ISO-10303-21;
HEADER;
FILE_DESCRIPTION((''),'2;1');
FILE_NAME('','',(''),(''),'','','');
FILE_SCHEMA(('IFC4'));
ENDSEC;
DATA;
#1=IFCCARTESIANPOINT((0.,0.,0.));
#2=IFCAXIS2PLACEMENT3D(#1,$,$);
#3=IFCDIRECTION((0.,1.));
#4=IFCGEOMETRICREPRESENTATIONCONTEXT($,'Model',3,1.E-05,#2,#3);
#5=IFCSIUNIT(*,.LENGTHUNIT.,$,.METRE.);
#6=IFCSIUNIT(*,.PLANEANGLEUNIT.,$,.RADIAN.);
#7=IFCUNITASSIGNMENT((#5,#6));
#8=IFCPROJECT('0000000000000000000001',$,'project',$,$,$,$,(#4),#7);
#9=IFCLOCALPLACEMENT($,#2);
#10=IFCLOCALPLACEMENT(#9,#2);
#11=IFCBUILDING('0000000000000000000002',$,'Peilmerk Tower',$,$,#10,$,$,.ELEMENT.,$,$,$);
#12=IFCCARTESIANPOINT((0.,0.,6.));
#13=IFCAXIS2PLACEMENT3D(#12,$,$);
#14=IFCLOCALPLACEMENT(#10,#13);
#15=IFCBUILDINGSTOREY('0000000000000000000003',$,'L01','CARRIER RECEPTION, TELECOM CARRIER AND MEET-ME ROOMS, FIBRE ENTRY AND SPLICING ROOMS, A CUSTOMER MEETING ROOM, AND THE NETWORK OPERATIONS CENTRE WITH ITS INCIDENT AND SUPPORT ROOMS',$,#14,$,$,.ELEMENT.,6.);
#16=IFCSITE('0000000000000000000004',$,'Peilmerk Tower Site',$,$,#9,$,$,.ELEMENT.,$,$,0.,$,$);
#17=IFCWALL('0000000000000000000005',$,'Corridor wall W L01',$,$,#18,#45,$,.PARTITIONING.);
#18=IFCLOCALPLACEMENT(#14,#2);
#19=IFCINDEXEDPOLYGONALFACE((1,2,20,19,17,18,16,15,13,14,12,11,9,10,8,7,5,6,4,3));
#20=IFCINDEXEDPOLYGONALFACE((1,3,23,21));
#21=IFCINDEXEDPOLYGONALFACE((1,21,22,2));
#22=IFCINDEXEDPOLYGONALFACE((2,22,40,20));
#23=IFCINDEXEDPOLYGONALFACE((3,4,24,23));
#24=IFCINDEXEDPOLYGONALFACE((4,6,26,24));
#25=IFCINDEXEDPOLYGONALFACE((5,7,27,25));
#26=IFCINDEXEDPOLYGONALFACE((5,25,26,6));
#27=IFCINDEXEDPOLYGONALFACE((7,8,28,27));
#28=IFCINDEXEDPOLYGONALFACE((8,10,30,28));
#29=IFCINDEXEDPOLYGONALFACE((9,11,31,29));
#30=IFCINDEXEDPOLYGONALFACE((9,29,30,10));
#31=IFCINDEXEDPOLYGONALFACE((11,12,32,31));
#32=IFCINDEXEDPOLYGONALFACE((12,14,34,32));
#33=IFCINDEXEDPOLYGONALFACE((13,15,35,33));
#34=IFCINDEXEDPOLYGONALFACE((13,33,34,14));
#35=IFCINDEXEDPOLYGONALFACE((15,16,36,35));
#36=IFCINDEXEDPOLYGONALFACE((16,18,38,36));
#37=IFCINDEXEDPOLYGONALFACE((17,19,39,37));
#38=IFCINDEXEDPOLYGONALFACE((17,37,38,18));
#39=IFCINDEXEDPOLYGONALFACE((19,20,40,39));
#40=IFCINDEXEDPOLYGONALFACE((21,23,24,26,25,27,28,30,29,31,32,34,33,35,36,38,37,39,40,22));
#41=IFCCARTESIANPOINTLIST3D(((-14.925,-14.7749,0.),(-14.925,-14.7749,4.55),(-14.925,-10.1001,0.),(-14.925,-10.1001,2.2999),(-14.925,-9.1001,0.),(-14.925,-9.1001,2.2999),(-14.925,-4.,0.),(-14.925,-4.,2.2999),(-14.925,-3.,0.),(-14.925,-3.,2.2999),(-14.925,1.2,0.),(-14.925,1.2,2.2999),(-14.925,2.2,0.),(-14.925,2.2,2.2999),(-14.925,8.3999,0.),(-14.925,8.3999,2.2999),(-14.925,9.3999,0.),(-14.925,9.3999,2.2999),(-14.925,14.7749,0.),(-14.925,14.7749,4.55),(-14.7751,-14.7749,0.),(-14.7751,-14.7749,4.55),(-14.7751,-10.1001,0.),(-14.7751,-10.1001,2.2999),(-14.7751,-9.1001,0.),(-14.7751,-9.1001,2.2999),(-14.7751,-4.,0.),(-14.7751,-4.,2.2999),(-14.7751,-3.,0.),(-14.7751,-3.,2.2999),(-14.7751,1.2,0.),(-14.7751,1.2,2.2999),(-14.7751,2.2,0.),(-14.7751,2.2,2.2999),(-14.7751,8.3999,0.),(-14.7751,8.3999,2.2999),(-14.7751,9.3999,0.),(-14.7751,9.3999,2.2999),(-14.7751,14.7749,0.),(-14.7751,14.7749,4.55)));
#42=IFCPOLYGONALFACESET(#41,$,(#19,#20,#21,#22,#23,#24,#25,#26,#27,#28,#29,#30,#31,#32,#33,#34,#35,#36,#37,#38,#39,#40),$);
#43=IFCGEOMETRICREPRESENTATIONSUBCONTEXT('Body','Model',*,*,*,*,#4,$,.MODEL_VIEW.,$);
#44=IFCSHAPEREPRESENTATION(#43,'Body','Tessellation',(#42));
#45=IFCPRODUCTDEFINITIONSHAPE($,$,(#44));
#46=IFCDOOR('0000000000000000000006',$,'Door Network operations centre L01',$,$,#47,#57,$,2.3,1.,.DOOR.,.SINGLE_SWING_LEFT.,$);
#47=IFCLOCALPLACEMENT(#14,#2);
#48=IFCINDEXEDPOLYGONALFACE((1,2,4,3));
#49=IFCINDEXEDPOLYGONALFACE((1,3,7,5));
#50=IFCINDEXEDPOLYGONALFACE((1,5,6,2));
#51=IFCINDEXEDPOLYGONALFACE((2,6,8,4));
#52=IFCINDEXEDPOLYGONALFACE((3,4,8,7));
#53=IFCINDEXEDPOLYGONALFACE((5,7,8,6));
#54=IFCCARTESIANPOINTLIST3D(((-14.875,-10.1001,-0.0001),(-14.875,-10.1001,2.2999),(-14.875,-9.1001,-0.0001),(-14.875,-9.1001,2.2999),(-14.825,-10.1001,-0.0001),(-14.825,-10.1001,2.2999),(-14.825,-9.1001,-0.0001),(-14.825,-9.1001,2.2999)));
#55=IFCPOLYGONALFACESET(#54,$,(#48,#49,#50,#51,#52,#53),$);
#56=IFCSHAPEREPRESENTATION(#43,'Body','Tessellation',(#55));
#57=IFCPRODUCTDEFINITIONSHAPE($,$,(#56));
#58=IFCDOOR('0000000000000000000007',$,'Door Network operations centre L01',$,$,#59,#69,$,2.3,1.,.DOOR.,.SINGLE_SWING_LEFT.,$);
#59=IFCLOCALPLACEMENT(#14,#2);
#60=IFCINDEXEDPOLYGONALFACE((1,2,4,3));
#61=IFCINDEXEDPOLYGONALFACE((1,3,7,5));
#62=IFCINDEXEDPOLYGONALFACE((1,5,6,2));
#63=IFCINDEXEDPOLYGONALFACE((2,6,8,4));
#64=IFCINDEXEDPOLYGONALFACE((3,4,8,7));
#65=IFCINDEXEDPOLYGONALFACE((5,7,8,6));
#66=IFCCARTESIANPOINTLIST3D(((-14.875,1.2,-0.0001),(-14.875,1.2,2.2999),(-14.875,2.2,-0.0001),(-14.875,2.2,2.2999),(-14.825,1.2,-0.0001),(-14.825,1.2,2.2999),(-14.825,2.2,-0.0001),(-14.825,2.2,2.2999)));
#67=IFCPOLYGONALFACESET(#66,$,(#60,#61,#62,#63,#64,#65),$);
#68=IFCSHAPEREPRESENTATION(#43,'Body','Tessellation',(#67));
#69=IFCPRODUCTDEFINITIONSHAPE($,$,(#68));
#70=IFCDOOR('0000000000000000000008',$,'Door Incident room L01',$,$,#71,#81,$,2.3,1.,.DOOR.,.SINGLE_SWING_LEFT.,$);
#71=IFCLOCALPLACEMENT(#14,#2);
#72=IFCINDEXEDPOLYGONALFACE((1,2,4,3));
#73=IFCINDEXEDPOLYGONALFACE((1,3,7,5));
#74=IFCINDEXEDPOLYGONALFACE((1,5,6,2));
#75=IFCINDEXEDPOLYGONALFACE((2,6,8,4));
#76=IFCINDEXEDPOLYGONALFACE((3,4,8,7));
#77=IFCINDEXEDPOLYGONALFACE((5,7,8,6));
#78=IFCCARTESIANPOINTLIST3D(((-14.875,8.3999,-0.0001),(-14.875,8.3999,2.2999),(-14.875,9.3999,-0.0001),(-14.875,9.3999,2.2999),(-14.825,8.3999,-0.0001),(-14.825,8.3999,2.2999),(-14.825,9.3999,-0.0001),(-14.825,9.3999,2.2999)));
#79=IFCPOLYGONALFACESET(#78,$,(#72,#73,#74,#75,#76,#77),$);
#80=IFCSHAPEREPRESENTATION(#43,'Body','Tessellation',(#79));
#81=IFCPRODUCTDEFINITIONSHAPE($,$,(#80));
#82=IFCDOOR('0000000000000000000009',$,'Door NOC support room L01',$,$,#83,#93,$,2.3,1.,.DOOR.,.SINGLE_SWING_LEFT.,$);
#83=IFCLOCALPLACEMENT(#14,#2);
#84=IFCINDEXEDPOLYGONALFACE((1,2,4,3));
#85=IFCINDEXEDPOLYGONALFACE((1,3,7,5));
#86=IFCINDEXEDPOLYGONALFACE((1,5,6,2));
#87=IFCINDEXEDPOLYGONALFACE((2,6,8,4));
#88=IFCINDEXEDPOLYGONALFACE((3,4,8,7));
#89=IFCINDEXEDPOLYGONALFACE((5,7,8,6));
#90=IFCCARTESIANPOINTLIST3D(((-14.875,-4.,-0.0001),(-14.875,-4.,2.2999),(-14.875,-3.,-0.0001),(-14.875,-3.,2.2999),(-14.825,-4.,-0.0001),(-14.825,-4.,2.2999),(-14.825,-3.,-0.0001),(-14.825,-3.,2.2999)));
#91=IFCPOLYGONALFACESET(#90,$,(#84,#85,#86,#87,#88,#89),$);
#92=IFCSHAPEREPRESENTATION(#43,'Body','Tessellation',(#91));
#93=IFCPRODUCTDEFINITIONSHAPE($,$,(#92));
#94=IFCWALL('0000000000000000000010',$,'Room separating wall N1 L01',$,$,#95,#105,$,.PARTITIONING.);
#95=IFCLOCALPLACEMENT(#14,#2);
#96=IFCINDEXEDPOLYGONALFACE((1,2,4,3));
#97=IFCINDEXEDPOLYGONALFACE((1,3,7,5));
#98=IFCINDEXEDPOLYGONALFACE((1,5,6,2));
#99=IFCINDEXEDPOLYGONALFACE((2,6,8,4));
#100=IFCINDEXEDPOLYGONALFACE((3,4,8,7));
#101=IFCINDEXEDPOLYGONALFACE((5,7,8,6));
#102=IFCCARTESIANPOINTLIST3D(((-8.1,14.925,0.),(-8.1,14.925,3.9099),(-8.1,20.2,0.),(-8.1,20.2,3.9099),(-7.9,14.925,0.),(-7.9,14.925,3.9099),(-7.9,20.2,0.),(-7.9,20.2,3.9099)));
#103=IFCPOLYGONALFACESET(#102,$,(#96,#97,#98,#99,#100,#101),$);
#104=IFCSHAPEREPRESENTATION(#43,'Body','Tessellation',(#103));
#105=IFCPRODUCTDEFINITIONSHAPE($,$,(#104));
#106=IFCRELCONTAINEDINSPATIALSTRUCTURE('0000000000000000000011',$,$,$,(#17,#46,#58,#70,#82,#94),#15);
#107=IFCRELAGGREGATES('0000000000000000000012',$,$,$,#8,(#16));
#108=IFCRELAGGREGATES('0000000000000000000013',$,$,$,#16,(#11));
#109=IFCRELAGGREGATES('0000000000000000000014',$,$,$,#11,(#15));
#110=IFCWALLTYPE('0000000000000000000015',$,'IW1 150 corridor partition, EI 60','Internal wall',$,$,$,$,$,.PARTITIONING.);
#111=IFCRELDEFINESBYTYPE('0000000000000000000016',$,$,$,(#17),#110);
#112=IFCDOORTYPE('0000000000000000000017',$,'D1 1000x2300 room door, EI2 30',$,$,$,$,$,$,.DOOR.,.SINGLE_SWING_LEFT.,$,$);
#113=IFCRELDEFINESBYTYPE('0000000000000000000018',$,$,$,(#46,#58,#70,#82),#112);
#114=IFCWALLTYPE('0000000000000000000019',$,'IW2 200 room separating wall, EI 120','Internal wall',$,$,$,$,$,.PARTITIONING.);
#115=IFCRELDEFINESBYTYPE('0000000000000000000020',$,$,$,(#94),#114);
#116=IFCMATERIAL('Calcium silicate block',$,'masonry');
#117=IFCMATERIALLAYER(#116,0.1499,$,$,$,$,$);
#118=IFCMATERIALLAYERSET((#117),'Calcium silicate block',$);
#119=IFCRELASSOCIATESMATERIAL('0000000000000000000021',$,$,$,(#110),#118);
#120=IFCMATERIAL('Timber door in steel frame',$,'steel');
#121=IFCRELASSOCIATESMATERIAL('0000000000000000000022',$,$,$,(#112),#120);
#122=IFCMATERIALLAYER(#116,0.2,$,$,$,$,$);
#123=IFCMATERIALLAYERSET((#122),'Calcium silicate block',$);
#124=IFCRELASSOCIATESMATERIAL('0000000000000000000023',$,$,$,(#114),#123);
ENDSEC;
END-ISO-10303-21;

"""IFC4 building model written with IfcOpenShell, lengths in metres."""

from ifc_helpers import new_model, si_unit, direction, frame, frame_2d, origin, place, context, subcontext, project, spatial, rectangle, extrude, material, layer, layer_set, type_object, element, fill, save


model = new_model("IFC4")

# Units and contexts
model_context = context("Model", 3, precision=1e-05, world=origin(), true_north=direction((0.0, 1.0)))
body_context = subcontext(model_context, "Body", "Model", "MODEL_VIEW")
ifc_project = project(units=[si_unit("LENGTHUNIT", "METRE"), si_unit("PLANEANGLEUNIT", "RADIAN")], contexts=[model_context])

# Site, building, storey
site_placement = place(None, origin())
site = spatial("IfcSite", under=ifc_project, at=site_placement, Name="Peilmerk Tower Site", CompositionType="ELEMENT", RefElevation=0.0)
building_placement = place(site_placement, origin())
building = spatial("IfcBuilding", under=site, at=building_placement, Name="Peilmerk Tower", CompositionType="ELEMENT")
storey_placement = place(building_placement, frame((0.0, 0.0, 6.0)))
storey = spatial("IfcBuildingStorey", under=building, at=storey_placement, Name="L01", Description="CARRIER RECEPTION, TELECOM CARRIER AND MEET-ME ROOMS, FIBRE ENTRY AND SPLICING ROOMS, A CUSTOMER MEETING ROOM, AND THE NETWORK OPERATIONS CENTRE WITH ITS INCIDENT AND SUPPORT ROOMS", CompositionType="ELEMENT", Elevation=6.0)

# Wall, openings, doors
ifc_material_1 = material(Name="Calcium silicate block", Category="masonry")
ifc_layer_1 = layer(ifc_material_1, 0.1499)
ifc_layer_set_1 = layer_set([ifc_layer_1], Name="Calcium silicate block")
wall_type_1 = type_object("IfcWallType", Name="IW1 150 corridor partition, EI 60", Description="Internal wall", PredefinedType="PARTITIONING", material=ifc_layer_set_1)
ifc_material_2 = material(Name="Timber door in steel frame", Category="steel")
door_type_1 = type_object("IfcDoorType", Name="D1 1000x2300 room door, EI2 30", OperationType="SINGLE_SWING_LEFT", PredefinedType="DOOR", material=ifc_material_2)
wall_1_placement = place(storey_placement, frame((-14.8501, 14.7749, 0.0), z_axis=(0.0, 0.0, 1.0), x_axis=(0.0, -1.0, 0.0)))
wall_1 = element("IfcWall", 1, at=wall_1_placement, inside=storey, type_object=wall_type_1, Name="Corridor wall W L01", PredefinedType="PARTITIONING", context=body_context, shape_type="SweptSolid", body=[
    extrude(rectangle(XDim=29.5498, YDim=0.1499, at=frame_2d((14.7749, 0.0))), origin(), (0.0, 0.0, 1.0), 4.55),
])
opening_1_placement = place(wall_1_placement, frame((23.875, 0.0, 0.0)))
opening_1 = element("IfcOpeningElement", 2, at=opening_1_placement, cuts=wall_1, PredefinedType="OPENING", context=body_context, shape_type="SweptSolid", body=[
    extrude(rectangle(XDim=1.0, YDim=2.3, at=frame_2d((0.5, 1.1499))), frame((0.0, 0.085, 0.0), z_axis=(0.0, -1.0, 0.0), x_axis=(1.0, 0.0, 0.0)), (0.0, 0.0, 1.0), 0.1699),
])
opening_2_placement = place(wall_1_placement, frame((12.575, 0.0, 0.0)))
opening_2 = element("IfcOpeningElement", 3, at=opening_2_placement, cuts=wall_1, PredefinedType="OPENING", context=body_context, shape_type="SweptSolid", body=[
    extrude(rectangle(XDim=1.0, YDim=2.3, at=frame_2d((0.5, 1.1499))), frame((0.0, 0.085, 0.0), z_axis=(0.0, -1.0, 0.0), x_axis=(1.0, 0.0, 0.0)), (0.0, 0.0, 1.0), 0.1699),
])
opening_3_placement = place(wall_1_placement, frame((5.375, 0.0, 0.0)))
opening_3 = element("IfcOpeningElement", 4, at=opening_3_placement, cuts=wall_1, PredefinedType="OPENING", context=body_context, shape_type="SweptSolid", body=[
    extrude(rectangle(XDim=1.0, YDim=2.3, at=frame_2d((0.5, 1.1499))), frame((0.0, 0.085, 0.0), z_axis=(0.0, -1.0, 0.0), x_axis=(1.0, 0.0, 0.0)), (0.0, 0.0, 1.0), 0.1699),
])
opening_4_placement = place(wall_1_placement, frame((17.7749, 0.0, 0.0)))
opening_4 = element("IfcOpeningElement", 5, at=opening_4_placement, cuts=wall_1, PredefinedType="OPENING", context=body_context, shape_type="SweptSolid", body=[
    extrude(rectangle(XDim=1.0, YDim=2.3, at=frame_2d((0.5, 1.1499))), frame((0.0, 0.085, 0.0), z_axis=(0.0, -1.0, 0.0), x_axis=(1.0, 0.0, 0.0)), (0.0, 0.0, 1.0), 0.1699),
])
door_1_placement = place(opening_1_placement, frame((1.0, 0.0, 0.0), z_axis=(0.0, 0.0, 1.0), x_axis=(-1.0, 0.0, 0.0)))
door_1 = element("IfcDoor", 6, at=door_1_placement, inside=storey, type_object=door_type_1, Name="Door Network operations centre L01", OperationType="SINGLE_SWING_LEFT", OverallHeight=2.3, OverallWidth=1.0, PredefinedType="DOOR", context=body_context, shape_type="SweptSolid", body=[
    extrude(rectangle(XDim=1.0, YDim=2.3, at=frame_2d((0.5, 1.1499))), frame((0.0, 0.0249, 0.0), z_axis=(0.0, -1.0, 0.0), x_axis=(1.0, 0.0, 0.0)), (0.0, 0.0, 1.0), 0.05),
])
fill(opening_1, door_1)
door_2_placement = place(opening_2_placement, frame((1.0, 0.0, 0.0), z_axis=(0.0, 0.0, 1.0), x_axis=(-1.0, 0.0, 0.0)))
door_2 = element("IfcDoor", 7, at=door_2_placement, inside=storey, type_object=door_type_1, Name="Door Network operations centre L01", OperationType="SINGLE_SWING_LEFT", OverallHeight=2.3, OverallWidth=1.0, PredefinedType="DOOR", context=body_context, shape_type="SweptSolid", body=[
    extrude(rectangle(XDim=1.0, YDim=2.3, at=frame_2d((0.5, 1.1499))), frame((0.0, 0.0249, 0.0), z_axis=(0.0, -1.0, 0.0), x_axis=(1.0, 0.0, 0.0)), (0.0, 0.0, 1.0), 0.05),
])
fill(opening_2, door_2)
door_3_placement = place(opening_3_placement, frame((1.0, 0.0, 0.0), z_axis=(0.0, 0.0, 1.0), x_axis=(-1.0, 0.0, 0.0)))
door_3 = element("IfcDoor", 8, at=door_3_placement, inside=storey, type_object=door_type_1, Name="Door Incident room L01", OperationType="SINGLE_SWING_LEFT", OverallHeight=2.3, OverallWidth=1.0, PredefinedType="DOOR", context=body_context, shape_type="SweptSolid", body=[
    extrude(rectangle(XDim=1.0, YDim=2.3, at=frame_2d((0.5, 1.1499))), frame((0.0, 0.0249, 0.0), z_axis=(0.0, -1.0, 0.0), x_axis=(1.0, 0.0, 0.0)), (0.0, 0.0, 1.0), 0.05),
])
fill(opening_3, door_3)
door_4_placement = place(opening_4_placement, frame((1.0, 0.0, 0.0), z_axis=(0.0, 0.0, 1.0), x_axis=(-1.0, 0.0, 0.0)))
door_4 = element("IfcDoor", 9, at=door_4_placement, inside=storey, type_object=door_type_1, Name="Door NOC support room L01", OperationType="SINGLE_SWING_LEFT", OverallHeight=2.3, OverallWidth=1.0, PredefinedType="DOOR", context=body_context, shape_type="SweptSolid", body=[
    extrude(rectangle(XDim=1.0, YDim=2.3, at=frame_2d((0.5, 1.1499))), frame((0.0, 0.0249, 0.0), z_axis=(0.0, -1.0, 0.0), x_axis=(1.0, 0.0, 0.0)), (0.0, 0.0, 1.0), 0.05),
])
fill(opening_4, door_4)

# Wall
ifc_layer_2 = layer(ifc_material_1, 0.2)
ifc_layer_set_2 = layer_set([ifc_layer_2], Name="Calcium silicate block")
wall_type_2 = type_object("IfcWallType", Name="IW2 200 room separating wall, EI 120", Description="Internal wall", PredefinedType="PARTITIONING", material=ifc_layer_set_2)
wall_2_placement = place(storey_placement, frame((-8.0, 14.925, 0.0), z_axis=(0.0, 0.0, 1.0), x_axis=(0.0, 1.0, 0.0)))
element("IfcWall", 10, at=wall_2_placement, inside=storey, type_object=wall_type_2, Name="Room separating wall N1 L01", PredefinedType="PARTITIONING", context=body_context, shape_type="SweptSolid", body=[
    extrude(rectangle(XDim=5.2749, YDim=0.2, at=frame_2d((2.6375, 0.0))), origin(), (0.0, 0.0, 1.0), 3.9099),
])

save(model, "model.ifc")
